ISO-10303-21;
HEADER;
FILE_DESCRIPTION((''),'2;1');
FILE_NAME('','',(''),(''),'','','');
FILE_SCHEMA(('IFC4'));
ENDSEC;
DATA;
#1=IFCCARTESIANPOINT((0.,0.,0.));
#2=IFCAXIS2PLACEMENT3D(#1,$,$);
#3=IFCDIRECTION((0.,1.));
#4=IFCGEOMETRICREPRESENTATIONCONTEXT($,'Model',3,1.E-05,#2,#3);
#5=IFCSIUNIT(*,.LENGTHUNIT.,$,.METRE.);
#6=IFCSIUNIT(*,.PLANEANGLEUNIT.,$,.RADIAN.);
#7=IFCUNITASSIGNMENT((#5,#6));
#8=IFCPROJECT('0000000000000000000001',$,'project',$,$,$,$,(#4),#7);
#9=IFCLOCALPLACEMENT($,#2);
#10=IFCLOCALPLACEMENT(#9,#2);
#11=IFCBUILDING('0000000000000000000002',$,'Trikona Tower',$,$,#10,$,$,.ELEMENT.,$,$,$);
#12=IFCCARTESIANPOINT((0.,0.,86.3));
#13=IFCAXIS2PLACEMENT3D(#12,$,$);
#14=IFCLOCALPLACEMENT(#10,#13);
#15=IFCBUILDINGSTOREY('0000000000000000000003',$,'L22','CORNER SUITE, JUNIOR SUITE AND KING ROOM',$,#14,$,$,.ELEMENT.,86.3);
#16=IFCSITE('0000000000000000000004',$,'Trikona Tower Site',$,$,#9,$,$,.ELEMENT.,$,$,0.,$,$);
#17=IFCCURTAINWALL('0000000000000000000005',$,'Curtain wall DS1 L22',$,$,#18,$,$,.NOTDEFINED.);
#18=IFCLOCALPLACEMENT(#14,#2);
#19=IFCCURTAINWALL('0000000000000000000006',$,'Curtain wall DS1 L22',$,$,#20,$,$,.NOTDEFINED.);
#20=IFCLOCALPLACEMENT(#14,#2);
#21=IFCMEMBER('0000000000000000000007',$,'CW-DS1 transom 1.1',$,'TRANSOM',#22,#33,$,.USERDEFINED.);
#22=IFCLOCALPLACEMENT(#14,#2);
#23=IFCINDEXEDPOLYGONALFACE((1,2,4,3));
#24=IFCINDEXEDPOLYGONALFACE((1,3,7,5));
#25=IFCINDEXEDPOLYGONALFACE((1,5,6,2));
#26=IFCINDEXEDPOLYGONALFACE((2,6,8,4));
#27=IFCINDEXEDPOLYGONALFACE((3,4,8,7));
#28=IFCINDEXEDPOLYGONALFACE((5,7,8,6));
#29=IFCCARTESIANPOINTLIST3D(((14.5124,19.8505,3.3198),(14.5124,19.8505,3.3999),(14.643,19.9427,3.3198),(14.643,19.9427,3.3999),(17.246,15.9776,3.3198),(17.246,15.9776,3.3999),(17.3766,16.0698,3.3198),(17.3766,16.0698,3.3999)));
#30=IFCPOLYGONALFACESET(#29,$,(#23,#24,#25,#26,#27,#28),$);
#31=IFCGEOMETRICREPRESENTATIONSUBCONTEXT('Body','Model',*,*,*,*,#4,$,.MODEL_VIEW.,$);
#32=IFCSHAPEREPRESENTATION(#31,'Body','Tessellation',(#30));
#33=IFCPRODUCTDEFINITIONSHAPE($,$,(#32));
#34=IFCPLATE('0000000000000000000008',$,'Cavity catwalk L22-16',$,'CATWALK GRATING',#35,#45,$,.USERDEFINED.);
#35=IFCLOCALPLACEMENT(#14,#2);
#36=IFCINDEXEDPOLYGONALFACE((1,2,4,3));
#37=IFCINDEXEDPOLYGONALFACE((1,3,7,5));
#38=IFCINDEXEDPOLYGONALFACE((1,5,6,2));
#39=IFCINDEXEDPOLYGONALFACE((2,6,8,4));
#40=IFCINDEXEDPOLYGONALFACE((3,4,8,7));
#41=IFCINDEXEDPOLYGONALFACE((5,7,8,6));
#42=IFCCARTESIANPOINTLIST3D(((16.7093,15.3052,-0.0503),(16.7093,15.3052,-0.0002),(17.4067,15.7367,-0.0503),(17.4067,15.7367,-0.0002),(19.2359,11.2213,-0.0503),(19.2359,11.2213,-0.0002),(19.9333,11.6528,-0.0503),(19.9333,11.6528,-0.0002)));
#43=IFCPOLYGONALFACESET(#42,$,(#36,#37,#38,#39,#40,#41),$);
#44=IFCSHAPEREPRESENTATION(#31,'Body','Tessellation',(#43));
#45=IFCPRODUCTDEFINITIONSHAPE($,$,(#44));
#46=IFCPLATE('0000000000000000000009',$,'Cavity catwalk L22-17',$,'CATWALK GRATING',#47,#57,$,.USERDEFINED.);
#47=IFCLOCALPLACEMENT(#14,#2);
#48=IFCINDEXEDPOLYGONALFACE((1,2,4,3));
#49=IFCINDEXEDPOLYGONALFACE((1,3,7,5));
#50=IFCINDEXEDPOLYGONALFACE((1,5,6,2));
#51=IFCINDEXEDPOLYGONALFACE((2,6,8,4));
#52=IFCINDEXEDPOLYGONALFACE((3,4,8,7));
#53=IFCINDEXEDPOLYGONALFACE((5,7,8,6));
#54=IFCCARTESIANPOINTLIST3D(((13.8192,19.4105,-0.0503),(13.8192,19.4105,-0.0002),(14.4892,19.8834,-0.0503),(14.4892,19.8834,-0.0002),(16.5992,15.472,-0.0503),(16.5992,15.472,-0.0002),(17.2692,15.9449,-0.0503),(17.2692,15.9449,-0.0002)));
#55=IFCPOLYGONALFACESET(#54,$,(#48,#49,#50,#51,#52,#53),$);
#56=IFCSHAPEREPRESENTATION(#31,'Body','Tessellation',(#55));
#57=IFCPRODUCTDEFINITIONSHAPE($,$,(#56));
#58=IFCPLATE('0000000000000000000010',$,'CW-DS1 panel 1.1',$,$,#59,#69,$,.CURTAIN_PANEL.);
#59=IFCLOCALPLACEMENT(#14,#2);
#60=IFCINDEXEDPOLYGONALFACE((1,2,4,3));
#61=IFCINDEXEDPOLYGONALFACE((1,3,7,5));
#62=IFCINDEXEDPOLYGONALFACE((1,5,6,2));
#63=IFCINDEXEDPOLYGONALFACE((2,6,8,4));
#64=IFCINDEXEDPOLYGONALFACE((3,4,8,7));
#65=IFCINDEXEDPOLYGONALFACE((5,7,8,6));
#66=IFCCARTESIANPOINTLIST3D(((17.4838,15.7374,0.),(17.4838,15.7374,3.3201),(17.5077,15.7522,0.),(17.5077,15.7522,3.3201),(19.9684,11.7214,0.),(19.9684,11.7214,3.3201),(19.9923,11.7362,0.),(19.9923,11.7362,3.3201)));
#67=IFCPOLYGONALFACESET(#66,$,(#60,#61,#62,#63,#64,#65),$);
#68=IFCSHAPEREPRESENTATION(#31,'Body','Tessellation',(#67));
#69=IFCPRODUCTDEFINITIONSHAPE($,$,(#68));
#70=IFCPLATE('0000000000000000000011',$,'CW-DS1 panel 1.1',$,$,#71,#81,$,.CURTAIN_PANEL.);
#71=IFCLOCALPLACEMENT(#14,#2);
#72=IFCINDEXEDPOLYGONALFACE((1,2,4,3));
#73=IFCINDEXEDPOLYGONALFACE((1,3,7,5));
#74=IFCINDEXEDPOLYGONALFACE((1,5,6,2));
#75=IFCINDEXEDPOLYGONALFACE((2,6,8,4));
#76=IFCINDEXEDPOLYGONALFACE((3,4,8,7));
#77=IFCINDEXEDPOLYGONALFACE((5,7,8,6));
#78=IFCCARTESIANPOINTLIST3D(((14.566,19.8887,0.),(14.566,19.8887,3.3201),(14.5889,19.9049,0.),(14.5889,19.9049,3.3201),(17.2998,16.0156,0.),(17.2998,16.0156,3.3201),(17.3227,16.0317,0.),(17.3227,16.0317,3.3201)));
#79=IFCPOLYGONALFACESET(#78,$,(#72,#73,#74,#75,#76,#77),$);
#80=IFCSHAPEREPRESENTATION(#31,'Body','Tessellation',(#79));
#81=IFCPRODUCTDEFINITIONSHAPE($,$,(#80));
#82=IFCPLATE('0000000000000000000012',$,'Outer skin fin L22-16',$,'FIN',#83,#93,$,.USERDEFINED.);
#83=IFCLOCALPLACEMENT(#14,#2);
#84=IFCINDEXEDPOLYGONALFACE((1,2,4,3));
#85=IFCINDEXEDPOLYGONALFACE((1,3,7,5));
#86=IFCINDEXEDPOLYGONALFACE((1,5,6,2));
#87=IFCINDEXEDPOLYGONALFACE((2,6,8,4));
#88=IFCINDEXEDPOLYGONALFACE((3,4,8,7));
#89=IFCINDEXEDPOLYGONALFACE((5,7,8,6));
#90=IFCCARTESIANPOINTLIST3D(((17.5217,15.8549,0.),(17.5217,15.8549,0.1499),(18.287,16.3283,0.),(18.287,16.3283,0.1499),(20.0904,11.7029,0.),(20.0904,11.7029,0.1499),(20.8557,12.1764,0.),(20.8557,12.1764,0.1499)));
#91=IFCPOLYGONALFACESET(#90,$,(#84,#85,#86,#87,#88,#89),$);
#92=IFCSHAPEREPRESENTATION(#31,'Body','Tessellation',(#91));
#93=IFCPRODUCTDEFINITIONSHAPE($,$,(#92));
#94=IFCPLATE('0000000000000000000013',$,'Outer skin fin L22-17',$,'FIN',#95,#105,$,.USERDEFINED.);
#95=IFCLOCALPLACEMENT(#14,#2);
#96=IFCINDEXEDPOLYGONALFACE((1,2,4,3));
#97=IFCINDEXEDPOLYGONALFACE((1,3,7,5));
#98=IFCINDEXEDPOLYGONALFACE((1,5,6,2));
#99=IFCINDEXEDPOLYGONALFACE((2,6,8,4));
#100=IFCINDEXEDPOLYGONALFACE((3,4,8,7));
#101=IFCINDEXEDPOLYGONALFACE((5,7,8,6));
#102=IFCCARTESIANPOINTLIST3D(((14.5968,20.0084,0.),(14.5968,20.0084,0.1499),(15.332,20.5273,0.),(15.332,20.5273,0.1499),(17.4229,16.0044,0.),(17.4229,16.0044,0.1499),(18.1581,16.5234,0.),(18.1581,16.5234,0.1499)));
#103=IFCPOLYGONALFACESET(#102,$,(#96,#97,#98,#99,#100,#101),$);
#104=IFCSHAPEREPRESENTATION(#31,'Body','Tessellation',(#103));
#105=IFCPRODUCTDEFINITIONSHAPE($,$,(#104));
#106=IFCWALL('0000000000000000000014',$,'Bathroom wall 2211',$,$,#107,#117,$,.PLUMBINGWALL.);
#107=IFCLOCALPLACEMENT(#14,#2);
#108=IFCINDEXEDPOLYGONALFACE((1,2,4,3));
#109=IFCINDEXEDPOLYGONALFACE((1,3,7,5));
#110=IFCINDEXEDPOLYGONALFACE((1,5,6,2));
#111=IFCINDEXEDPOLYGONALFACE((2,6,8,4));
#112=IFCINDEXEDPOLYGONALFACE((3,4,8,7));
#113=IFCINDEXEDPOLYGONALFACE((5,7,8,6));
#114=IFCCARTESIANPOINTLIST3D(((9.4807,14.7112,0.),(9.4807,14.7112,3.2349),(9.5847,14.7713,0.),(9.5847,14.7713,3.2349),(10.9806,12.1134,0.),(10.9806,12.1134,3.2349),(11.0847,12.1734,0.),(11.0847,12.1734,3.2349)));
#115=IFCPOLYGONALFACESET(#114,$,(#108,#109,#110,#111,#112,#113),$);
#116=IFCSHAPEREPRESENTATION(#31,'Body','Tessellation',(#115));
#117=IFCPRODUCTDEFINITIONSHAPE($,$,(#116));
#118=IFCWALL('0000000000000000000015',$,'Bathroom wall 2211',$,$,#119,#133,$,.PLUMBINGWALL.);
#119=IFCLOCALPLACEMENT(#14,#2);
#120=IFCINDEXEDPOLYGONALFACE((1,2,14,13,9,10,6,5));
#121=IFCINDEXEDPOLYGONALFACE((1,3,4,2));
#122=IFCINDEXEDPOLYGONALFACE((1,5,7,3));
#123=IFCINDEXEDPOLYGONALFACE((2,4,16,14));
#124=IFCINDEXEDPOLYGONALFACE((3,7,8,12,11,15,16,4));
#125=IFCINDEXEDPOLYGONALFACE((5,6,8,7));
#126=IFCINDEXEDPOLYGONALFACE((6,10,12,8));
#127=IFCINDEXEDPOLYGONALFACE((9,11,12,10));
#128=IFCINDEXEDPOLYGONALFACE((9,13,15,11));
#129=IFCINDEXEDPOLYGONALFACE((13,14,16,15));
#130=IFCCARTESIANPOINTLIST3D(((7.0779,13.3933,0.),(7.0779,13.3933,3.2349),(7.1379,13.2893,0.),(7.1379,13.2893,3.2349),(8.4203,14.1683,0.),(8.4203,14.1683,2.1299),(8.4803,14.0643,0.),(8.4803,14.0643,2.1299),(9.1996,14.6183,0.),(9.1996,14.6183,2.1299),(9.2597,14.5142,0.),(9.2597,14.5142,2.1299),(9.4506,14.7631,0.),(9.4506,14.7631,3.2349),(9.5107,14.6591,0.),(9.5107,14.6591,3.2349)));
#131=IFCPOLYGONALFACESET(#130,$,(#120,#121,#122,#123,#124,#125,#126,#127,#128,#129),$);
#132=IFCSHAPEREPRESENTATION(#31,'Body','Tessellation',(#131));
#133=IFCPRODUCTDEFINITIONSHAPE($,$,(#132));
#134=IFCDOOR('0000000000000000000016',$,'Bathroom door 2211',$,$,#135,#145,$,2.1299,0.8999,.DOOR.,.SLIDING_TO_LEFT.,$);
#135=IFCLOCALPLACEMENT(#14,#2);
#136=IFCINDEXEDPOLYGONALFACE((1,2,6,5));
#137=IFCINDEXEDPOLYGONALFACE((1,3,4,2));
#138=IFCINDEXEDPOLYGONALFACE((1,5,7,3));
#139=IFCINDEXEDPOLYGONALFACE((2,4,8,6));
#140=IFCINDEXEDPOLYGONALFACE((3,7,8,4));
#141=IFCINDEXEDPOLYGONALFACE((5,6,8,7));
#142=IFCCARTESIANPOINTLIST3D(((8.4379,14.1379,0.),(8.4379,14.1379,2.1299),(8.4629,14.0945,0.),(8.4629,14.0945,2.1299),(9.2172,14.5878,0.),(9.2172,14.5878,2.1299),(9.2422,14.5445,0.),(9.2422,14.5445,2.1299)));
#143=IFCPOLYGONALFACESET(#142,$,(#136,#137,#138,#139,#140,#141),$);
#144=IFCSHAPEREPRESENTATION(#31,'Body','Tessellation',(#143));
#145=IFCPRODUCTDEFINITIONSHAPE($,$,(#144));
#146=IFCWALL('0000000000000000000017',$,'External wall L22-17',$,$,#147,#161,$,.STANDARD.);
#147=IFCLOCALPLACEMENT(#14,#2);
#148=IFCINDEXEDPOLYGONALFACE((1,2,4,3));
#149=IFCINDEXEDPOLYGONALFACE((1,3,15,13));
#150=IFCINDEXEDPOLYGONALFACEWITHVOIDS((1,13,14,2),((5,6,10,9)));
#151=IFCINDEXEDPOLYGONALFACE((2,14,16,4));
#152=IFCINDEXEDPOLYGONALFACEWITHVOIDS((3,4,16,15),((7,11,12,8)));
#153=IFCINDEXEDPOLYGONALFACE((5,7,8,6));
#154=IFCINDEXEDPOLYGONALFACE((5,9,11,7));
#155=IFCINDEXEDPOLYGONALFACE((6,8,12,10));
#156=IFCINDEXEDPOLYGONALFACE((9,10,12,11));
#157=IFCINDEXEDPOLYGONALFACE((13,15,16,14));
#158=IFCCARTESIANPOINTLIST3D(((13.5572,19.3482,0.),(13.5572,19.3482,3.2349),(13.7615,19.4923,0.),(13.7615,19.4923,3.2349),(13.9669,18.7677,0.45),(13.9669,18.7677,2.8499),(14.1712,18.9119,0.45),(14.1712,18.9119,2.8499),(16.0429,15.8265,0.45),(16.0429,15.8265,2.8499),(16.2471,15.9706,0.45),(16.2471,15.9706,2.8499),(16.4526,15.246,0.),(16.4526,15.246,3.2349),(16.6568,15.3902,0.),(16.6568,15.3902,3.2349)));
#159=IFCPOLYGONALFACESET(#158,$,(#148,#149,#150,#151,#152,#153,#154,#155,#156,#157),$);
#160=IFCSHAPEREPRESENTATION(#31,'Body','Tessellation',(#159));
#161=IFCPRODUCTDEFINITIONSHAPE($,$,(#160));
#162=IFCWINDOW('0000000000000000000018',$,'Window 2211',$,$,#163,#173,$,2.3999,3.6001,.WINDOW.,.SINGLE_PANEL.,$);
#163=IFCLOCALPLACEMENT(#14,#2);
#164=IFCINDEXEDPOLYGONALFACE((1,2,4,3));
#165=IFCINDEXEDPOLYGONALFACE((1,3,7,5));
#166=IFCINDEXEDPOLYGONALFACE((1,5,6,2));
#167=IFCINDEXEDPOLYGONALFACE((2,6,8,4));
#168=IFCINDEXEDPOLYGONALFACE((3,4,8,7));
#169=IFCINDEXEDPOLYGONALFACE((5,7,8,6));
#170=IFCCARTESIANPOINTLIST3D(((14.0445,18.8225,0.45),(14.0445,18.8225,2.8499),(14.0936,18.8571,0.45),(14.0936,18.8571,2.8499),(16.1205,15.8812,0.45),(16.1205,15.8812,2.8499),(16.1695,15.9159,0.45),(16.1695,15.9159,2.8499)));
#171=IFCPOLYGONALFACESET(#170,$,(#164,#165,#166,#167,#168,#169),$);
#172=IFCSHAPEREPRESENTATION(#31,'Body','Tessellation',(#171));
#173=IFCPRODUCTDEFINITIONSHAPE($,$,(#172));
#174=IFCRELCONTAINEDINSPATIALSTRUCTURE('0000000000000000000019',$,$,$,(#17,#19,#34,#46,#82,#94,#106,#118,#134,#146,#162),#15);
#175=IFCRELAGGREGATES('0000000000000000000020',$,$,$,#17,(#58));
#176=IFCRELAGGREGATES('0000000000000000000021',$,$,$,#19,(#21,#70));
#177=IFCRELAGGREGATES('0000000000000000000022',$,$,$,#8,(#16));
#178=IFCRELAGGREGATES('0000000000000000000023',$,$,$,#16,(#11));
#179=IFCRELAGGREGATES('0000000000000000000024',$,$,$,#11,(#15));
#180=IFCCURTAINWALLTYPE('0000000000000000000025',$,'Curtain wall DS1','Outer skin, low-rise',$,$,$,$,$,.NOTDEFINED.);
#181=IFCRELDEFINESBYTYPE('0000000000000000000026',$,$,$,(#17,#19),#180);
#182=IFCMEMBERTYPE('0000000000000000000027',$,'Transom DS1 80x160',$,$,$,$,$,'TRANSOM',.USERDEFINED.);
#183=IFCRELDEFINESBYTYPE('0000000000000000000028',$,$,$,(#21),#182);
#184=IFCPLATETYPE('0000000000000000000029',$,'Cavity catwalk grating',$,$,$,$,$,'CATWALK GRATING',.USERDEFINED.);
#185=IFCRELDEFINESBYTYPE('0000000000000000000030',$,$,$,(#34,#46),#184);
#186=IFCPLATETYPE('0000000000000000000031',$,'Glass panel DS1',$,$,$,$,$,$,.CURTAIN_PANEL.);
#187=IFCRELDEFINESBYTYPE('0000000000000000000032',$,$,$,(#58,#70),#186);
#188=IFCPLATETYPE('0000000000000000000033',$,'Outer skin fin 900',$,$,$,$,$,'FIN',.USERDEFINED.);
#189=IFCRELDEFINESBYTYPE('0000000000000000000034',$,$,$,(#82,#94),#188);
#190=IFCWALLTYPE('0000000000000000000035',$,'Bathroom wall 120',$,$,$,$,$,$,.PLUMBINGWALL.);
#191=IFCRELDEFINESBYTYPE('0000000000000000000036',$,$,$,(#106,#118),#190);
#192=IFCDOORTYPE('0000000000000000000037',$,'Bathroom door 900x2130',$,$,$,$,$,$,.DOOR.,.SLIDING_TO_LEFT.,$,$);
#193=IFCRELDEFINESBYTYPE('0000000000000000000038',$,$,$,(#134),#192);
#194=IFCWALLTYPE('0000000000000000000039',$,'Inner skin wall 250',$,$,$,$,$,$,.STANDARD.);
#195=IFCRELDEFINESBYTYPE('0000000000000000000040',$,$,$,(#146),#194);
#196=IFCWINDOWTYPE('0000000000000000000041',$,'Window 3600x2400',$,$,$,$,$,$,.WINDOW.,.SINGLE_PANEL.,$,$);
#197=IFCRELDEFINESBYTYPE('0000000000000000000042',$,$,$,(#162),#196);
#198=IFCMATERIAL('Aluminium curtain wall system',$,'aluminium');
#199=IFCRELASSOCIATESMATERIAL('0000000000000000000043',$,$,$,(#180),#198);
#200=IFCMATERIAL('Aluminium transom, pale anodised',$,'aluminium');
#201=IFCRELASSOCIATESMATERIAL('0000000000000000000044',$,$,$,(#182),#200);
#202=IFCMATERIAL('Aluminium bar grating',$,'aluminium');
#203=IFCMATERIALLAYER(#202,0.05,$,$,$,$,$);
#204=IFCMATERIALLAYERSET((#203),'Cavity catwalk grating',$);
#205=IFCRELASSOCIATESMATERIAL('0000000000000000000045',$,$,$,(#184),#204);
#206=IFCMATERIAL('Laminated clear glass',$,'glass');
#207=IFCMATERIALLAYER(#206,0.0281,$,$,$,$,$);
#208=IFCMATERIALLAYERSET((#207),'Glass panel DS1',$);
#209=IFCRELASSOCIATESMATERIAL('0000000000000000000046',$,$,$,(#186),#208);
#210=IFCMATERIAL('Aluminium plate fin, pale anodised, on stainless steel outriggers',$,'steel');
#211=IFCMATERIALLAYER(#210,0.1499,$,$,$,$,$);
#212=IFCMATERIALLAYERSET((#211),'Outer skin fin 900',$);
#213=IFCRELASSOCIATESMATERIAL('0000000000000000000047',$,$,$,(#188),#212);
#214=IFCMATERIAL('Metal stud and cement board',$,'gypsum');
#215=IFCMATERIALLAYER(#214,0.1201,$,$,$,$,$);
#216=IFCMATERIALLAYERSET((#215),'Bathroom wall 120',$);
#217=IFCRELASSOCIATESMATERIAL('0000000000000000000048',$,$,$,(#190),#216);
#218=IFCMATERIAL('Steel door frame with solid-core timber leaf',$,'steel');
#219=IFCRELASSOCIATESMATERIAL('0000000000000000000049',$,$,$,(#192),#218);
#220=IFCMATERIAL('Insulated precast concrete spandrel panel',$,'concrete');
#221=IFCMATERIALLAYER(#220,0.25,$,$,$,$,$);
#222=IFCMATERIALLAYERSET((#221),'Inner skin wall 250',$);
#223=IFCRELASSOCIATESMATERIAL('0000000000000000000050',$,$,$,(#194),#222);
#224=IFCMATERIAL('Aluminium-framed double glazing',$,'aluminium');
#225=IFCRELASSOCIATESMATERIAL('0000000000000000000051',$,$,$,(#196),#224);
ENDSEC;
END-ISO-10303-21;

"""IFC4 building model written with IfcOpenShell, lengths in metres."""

from ifc_helpers import new_model, si_unit, direction, frame, frame_2d, origin, origin_2d, place, context, subcontext, project, spatial, rectangle, extrude, material, layer, layer_set, material_profile, profile_set, type_object, element, fill, aggregate, save


model = new_model("IFC4")

# Units and contexts
model_context = context("Model", 3, precision=1e-05, world=origin(), true_north=direction((0.0, 1.0)))
body_context = subcontext(model_context, "Body", "Model", "MODEL_VIEW")
ifc_project = project(units=[si_unit("LENGTHUNIT", "METRE"), si_unit("PLANEANGLEUNIT", "RADIAN")], contexts=[model_context])

# Site, building, storey
site_placement = place(None, origin())
site = spatial("IfcSite", under=ifc_project, at=site_placement, Name="Trikona Tower Site", CompositionType="ELEMENT", RefElevation=0.0)
building_placement = place(site_placement, origin())
building = spatial("IfcBuilding", under=site, at=building_placement, Name="Trikona Tower", CompositionType="ELEMENT")
storey_placement = place(building_placement, frame((0.0, 0.0, 86.3)))
storey = spatial("IfcBuildingStorey", under=building, at=storey_placement, Name="L22", Description="CORNER SUITE, JUNIOR SUITE AND KING ROOM", CompositionType="ELEMENT", Elevation=86.3)

# Shared definitions
ifc_material_1 = material(Name="Aluminium curtain wall system", Category="aluminium")
curtain_wall_type = type_object("IfcCurtainWallType", Name="Curtain wall DS1", Description="Outer skin, low-rise", PredefinedType="NOTDEFINED", material=ifc_material_1)

# Curtain walls
curtain_wall_1_placement = place(storey_placement, origin())
curtain_wall_1 = element("IfcCurtainWall", 1, at=curtain_wall_1_placement, inside=storey, type_object=curtain_wall_type, Name="Curtain wall DS1 L22", PredefinedType="NOTDEFINED")
curtain_wall_2_placement = place(storey_placement, origin())
curtain_wall_2 = element("IfcCurtainWall", 2, at=curtain_wall_2_placement, inside=storey, type_object=curtain_wall_type, Name="Curtain wall DS1 L22", PredefinedType="NOTDEFINED")

# Member
ifc_material_2 = material(Name="Aluminium transom, pale anodised", Category="aluminium")
ifc_material_profile_1 = material_profile(ifc_material_2, rectangle(XDim=0.1599, YDim=0.0801, at=origin_2d()), Name="TRN-DS1")
ifc_profile_set_1 = profile_set([ifc_material_profile_1], Name="Aluminium transom, pale anodised")
member_type_1 = type_object("IfcMemberType", Name="Transom DS1 80x160", ElementType="TRANSOM", PredefinedType="USERDEFINED", material=ifc_profile_set_1)
member_1_placement = place(storey_placement, frame((17.3113, 16.0237, 3.3599), z_axis=(-0.576645, 0.816995, 0.0), x_axis=(-0.816995, -0.576645, 0.0)))
member_1 = element("IfcMember", 3, at=member_1_placement, type_object=member_type_1, Name="CW-DS1 transom 1.1", ObjectType="TRANSOM", PredefinedType="USERDEFINED", context=body_context, shape_type="SweptSolid", body=[
    extrude(rectangle(XDim=0.1599, YDim=0.0801, at=origin_2d()), origin(), (0.0, 0.0, 1.0), 4.7405),
])

# Plates
ifc_material_3 = material(Name="Aluminium bar grating", Category="aluminium")
ifc_layer_1 = layer(ifc_material_3, 0.05)
ifc_layer_set_1 = layer_set([ifc_layer_1], Name="Cavity catwalk grating")
plate_type_1 = type_object("IfcPlateType", Name="Cavity catwalk grating", ElementType="CATWALK GRATING", PredefinedType="USERDEFINED", material=ifc_layer_set_1)
plate_1_placement = place(storey_placement, frame((18.3213, 13.479, -0.0503), z_axis=(0.0, 0.0, 1.0), x_axis=(-0.526119, 0.850411, 0.0)))
element("IfcPlate", 4, at=plate_1_placement, inside=storey, type_object=plate_type_1, Name="Cavity catwalk L22-16", ObjectType="CATWALK GRATING", PredefinedType="USERDEFINED", context=body_context, shape_type="SweptSolid", body=[
    extrude(rectangle(XDim=4.8022, YDim=0.8201, at=origin_2d()), origin(), (0.0, 0.0, 1.0), 0.05),
])
plate_2_placement = place(storey_placement, frame((15.5442, 17.6777, -0.0503), z_axis=(0.0, 0.0, 1.0), x_axis=(-0.576662, 0.816983, 0.0)))
element("IfcPlate", 5, at=plate_2_placement, inside=storey, type_object=plate_type_1, Name="Cavity catwalk L22-17", ObjectType="CATWALK GRATING", PredefinedType="USERDEFINED", context=body_context, shape_type="SweptSolid", body=[
    extrude(rectangle(XDim=4.8208, YDim=0.8201, at=origin_2d()), origin(), (0.0, 0.0, 1.0), 0.05),
])

# Plates
ifc_material_4 = material(Name="Laminated clear glass", Category="glass")
ifc_layer_2 = layer(ifc_material_4, 0.0281)
ifc_layer_set_2 = layer_set([ifc_layer_2], Name="Glass panel DS1")
plate_type_2 = type_object("IfcPlateType", Name="Glass panel DS1", PredefinedType="CURTAIN_PANEL", material=ifc_layer_set_2)
plate_3_placement = place(storey_placement, frame((18.738, 13.7368, 0.0), z_axis=(0.0, 0.0, 1.0), x_axis=(-0.52612, 0.85041, 0.0)))
plate_3 = element("IfcPlate", 6, at=plate_3_placement, type_object=plate_type_2, Name="CW-DS1 panel 1.1", PredefinedType="CURTAIN_PANEL", context=body_context, shape_type="SweptSolid", body=[
    extrude(rectangle(XDim=4.7224, YDim=0.0281, at=origin_2d()), origin(), (0.0, 0.0, 1.0), 3.3201),
])
aggregate(curtain_wall_1, [plate_3])
plate_4_placement = place(storey_placement, frame((15.9443, 17.9602, 0.0), z_axis=(0.0, 0.0, 1.0), x_axis=(-0.576658, 0.816985, 0.0)))
plate_4 = element("IfcPlate", 7, at=plate_4_placement, type_object=plate_type_2, Name="CW-DS1 panel 1.1", PredefinedType="CURTAIN_PANEL", context=body_context, shape_type="SweptSolid", body=[
    extrude(rectangle(XDim=4.7407, YDim=0.0281, at=origin_2d()), origin(), (0.0, 0.0, 1.0), 3.3201),
])
aggregate(curtain_wall_2, [member_1, plate_4])

# Plates
ifc_material_5 = material(Name="Aluminium plate fin, pale anodised, on stainless steel outriggers", Category="steel")
ifc_layer_3 = layer(ifc_material_5, 0.1499)
ifc_layer_set_3 = layer_set([ifc_layer_3], Name="Outer skin fin 900")
plate_type_3 = type_object("IfcPlateType", Name="Outer skin fin 900", ElementType="FIN", PredefinedType="USERDEFINED", material=ifc_layer_set_3)
plate_5_placement = place(storey_placement, frame((19.1887, 14.0156, 0.0), z_axis=(0.0, 0.0, 1.0), x_axis=(-0.526119, 0.850411, 0.0)))
element("IfcPlate", 8, at=plate_5_placement, inside=storey, type_object=plate_type_3, Name="Outer skin fin L22-16", ObjectType="FIN", PredefinedType="USERDEFINED", context=body_context, shape_type="SweptSolid", body=[
    extrude(rectangle(XDim=4.8823, YDim=0.8999, at=origin_2d()), origin(), (0.0, 0.0, 1.0), 0.1499),
])
plate_6_placement = place(storey_placement, frame((16.3774, 18.2659, 0.0), z_axis=(0.0, 0.0, 1.0), x_axis=(-0.576662, 0.816983, 0.0)))
element("IfcPlate", 9, at=plate_6_placement, inside=storey, type_object=plate_type_3, Name="Outer skin fin L22-17", ObjectType="FIN", PredefinedType="USERDEFINED", context=body_context, shape_type="SweptSolid", body=[
    extrude(rectangle(XDim=4.9009, YDim=0.8999, at=origin_2d()), origin(), (0.0, 0.0, 1.0), 0.1499),
])

# Wall
ifc_material_6 = material(Name="Metal stud and cement board", Category="gypsum")
ifc_layer_4 = layer(ifc_material_6, 0.1201)
ifc_layer_set_4 = layer_set([ifc_layer_4], Name="Bathroom wall 120")
wall_type_1 = type_object("IfcWallType", Name="Bathroom wall 120", PredefinedType="PLUMBINGWALL", material=ifc_layer_set_4)
wall_1_placement = place(storey_placement, frame((11.0327, 12.1433, 0.0), z_axis=(0.0, 0.0, 1.0), x_axis=(-0.500025, 0.866011, 0.0)))
element("IfcWall", 10, at=wall_1_placement, inside=storey, type_object=wall_type_1, Name="Bathroom wall 2211", PredefinedType="PLUMBINGWALL", context=body_context, shape_type="SweptSolid", body=[
    extrude(rectangle(XDim=2.9998, YDim=0.1201, at=frame_2d((1.5, 0.0))), origin(), (0.0, 0.0, 1.0), 3.2349),
])

# Wall, opening, door
wall_2_placement = place(storey_placement, frame((7.1079, 13.3413, 0.0), z_axis=(0.0, 0.0, 1.0), x_axis=(0.866036, 0.499982, 0.0)))
wall_2 = element("IfcWall", 11, at=wall_2_placement, inside=storey, type_object=wall_type_1, Name="Bathroom wall 2211", PredefinedType="PLUMBINGWALL", context=body_context, shape_type="SweptSolid", body=[
    extrude(rectangle(XDim=2.7397, YDim=0.1201, at=frame_2d((1.3699, 0.0))), origin(), (0.0, 0.0, 1.0), 3.2349),
])
opening_1_placement = place(wall_2_placement, frame((1.55, 0.0, 0.0)))
opening_1 = element("IfcOpeningElement", 12, at=opening_1_placement, cuts=wall_2, PredefinedType="OPENING", context=body_context, shape_type="SweptSolid", body=[
    extrude(rectangle(XDim=0.8999, YDim=2.1299, at=frame_2d((0.45, 1.0649))), frame((0.0, 0.0701, 0.0), z_axis=(0.0, -1.0, 0.0), x_axis=(1.0, 0.0, 0.0)), (0.0, 0.0, 1.0), 0.1401),
])
ifc_material_7 = material(Name="Steel door frame with solid-core timber leaf", Category="steel")
door_type = type_object("IfcDoorType", Name="Bathroom door 900x2130", OperationType="SLIDING_TO_LEFT", PredefinedType="DOOR", material=ifc_material_7)
door_placement = place(opening_1_placement, origin())
door = element("IfcDoor", 13, at=door_placement, inside=storey, type_object=door_type, Name="Bathroom door 2211", OperationType="SLIDING_TO_LEFT", OverallHeight=2.1299, OverallWidth=0.8999, PredefinedType="DOOR", context=body_context, shape_type="SweptSolid", body=[
    extrude(rectangle(XDim=0.8999, YDim=2.1299, at=frame_2d((0.45, 1.0649))), frame((0.0, 0.0249, 0.0), z_axis=(0.0, -1.0, 0.0), x_axis=(1.0, 0.0, 0.0)), (0.0, 0.0, 1.0), 0.05),
])
fill(opening_1, door)

# Wall, opening, window
ifc_material_8 = material(Name="Insulated precast concrete spandrel panel", Category="concrete")
ifc_layer_5 = layer(ifc_material_8, 0.25)
ifc_layer_set_5 = layer_set([ifc_layer_5], Name="Inner skin wall 250")
wall_type_2 = type_object("IfcWallType", Name="Inner skin wall 250", PredefinedType="STANDARD", material=ifc_layer_set_5)
wall_3_placement = place(storey_placement, frame((16.5547, 15.3181, 0.0), z_axis=(0.0, 0.0, 1.0), x_axis=(-0.576643, 0.816996, 0.0)))
wall_3 = element("IfcWall", 14, at=wall_3_placement, inside=storey, type_object=wall_type_2, Name="External wall L22-17", PredefinedType="STANDARD", context=body_context, shape_type="SweptSolid", body=[
    extrude(rectangle(XDim=5.021, YDim=0.25, at=frame_2d((2.5105, 0.0))), origin(), (0.0, 0.0, 1.0), 3.2349),
])
opening_2_placement = place(wall_3_placement, frame((0.7104, 0.0, 0.45)))
opening_2 = element("IfcOpeningElement", 15, at=opening_2_placement, cuts=wall_3, PredefinedType="OPENING", context=body_context, shape_type="SweptSolid", body=[
    extrude(rectangle(XDim=3.6001, YDim=2.3999, at=frame_2d((1.8, 1.2))), frame((0.0, 0.135, 0.0), z_axis=(0.0, -1.0, 0.0), x_axis=(1.0, 0.0, 0.0)), (0.0, 0.0, 1.0), 0.27),
])
ifc_material_9 = material(Name="Aluminium-framed double glazing", Category="aluminium")
window_type = type_object("IfcWindowType", Name="Window 3600x2400", PartitioningType="SINGLE_PANEL", PredefinedType="WINDOW", material=ifc_material_9)
window_1_placement = place(opening_2_placement, origin())
window_1 = element("IfcWindow", 16, at=window_1_placement, inside=storey, type_object=window_type, Name="Window 2211", OverallHeight=2.3999, OverallWidth=3.6001, PartitioningType="SINGLE_PANEL", PredefinedType="WINDOW", context=body_context, shape_type="SweptSolid", body=[
    extrude(rectangle(XDim=3.6001, YDim=2.3999, at=frame_2d((1.8, 1.2))), frame((0.0, 0.03, 0.0), z_axis=(0.0, -1.0, 0.0), x_axis=(1.0, 0.0, 0.0)), (0.0, 0.0, 1.0), 0.0601),
])
fill(opening_2, window_1)

save(model, "model.ifc")
